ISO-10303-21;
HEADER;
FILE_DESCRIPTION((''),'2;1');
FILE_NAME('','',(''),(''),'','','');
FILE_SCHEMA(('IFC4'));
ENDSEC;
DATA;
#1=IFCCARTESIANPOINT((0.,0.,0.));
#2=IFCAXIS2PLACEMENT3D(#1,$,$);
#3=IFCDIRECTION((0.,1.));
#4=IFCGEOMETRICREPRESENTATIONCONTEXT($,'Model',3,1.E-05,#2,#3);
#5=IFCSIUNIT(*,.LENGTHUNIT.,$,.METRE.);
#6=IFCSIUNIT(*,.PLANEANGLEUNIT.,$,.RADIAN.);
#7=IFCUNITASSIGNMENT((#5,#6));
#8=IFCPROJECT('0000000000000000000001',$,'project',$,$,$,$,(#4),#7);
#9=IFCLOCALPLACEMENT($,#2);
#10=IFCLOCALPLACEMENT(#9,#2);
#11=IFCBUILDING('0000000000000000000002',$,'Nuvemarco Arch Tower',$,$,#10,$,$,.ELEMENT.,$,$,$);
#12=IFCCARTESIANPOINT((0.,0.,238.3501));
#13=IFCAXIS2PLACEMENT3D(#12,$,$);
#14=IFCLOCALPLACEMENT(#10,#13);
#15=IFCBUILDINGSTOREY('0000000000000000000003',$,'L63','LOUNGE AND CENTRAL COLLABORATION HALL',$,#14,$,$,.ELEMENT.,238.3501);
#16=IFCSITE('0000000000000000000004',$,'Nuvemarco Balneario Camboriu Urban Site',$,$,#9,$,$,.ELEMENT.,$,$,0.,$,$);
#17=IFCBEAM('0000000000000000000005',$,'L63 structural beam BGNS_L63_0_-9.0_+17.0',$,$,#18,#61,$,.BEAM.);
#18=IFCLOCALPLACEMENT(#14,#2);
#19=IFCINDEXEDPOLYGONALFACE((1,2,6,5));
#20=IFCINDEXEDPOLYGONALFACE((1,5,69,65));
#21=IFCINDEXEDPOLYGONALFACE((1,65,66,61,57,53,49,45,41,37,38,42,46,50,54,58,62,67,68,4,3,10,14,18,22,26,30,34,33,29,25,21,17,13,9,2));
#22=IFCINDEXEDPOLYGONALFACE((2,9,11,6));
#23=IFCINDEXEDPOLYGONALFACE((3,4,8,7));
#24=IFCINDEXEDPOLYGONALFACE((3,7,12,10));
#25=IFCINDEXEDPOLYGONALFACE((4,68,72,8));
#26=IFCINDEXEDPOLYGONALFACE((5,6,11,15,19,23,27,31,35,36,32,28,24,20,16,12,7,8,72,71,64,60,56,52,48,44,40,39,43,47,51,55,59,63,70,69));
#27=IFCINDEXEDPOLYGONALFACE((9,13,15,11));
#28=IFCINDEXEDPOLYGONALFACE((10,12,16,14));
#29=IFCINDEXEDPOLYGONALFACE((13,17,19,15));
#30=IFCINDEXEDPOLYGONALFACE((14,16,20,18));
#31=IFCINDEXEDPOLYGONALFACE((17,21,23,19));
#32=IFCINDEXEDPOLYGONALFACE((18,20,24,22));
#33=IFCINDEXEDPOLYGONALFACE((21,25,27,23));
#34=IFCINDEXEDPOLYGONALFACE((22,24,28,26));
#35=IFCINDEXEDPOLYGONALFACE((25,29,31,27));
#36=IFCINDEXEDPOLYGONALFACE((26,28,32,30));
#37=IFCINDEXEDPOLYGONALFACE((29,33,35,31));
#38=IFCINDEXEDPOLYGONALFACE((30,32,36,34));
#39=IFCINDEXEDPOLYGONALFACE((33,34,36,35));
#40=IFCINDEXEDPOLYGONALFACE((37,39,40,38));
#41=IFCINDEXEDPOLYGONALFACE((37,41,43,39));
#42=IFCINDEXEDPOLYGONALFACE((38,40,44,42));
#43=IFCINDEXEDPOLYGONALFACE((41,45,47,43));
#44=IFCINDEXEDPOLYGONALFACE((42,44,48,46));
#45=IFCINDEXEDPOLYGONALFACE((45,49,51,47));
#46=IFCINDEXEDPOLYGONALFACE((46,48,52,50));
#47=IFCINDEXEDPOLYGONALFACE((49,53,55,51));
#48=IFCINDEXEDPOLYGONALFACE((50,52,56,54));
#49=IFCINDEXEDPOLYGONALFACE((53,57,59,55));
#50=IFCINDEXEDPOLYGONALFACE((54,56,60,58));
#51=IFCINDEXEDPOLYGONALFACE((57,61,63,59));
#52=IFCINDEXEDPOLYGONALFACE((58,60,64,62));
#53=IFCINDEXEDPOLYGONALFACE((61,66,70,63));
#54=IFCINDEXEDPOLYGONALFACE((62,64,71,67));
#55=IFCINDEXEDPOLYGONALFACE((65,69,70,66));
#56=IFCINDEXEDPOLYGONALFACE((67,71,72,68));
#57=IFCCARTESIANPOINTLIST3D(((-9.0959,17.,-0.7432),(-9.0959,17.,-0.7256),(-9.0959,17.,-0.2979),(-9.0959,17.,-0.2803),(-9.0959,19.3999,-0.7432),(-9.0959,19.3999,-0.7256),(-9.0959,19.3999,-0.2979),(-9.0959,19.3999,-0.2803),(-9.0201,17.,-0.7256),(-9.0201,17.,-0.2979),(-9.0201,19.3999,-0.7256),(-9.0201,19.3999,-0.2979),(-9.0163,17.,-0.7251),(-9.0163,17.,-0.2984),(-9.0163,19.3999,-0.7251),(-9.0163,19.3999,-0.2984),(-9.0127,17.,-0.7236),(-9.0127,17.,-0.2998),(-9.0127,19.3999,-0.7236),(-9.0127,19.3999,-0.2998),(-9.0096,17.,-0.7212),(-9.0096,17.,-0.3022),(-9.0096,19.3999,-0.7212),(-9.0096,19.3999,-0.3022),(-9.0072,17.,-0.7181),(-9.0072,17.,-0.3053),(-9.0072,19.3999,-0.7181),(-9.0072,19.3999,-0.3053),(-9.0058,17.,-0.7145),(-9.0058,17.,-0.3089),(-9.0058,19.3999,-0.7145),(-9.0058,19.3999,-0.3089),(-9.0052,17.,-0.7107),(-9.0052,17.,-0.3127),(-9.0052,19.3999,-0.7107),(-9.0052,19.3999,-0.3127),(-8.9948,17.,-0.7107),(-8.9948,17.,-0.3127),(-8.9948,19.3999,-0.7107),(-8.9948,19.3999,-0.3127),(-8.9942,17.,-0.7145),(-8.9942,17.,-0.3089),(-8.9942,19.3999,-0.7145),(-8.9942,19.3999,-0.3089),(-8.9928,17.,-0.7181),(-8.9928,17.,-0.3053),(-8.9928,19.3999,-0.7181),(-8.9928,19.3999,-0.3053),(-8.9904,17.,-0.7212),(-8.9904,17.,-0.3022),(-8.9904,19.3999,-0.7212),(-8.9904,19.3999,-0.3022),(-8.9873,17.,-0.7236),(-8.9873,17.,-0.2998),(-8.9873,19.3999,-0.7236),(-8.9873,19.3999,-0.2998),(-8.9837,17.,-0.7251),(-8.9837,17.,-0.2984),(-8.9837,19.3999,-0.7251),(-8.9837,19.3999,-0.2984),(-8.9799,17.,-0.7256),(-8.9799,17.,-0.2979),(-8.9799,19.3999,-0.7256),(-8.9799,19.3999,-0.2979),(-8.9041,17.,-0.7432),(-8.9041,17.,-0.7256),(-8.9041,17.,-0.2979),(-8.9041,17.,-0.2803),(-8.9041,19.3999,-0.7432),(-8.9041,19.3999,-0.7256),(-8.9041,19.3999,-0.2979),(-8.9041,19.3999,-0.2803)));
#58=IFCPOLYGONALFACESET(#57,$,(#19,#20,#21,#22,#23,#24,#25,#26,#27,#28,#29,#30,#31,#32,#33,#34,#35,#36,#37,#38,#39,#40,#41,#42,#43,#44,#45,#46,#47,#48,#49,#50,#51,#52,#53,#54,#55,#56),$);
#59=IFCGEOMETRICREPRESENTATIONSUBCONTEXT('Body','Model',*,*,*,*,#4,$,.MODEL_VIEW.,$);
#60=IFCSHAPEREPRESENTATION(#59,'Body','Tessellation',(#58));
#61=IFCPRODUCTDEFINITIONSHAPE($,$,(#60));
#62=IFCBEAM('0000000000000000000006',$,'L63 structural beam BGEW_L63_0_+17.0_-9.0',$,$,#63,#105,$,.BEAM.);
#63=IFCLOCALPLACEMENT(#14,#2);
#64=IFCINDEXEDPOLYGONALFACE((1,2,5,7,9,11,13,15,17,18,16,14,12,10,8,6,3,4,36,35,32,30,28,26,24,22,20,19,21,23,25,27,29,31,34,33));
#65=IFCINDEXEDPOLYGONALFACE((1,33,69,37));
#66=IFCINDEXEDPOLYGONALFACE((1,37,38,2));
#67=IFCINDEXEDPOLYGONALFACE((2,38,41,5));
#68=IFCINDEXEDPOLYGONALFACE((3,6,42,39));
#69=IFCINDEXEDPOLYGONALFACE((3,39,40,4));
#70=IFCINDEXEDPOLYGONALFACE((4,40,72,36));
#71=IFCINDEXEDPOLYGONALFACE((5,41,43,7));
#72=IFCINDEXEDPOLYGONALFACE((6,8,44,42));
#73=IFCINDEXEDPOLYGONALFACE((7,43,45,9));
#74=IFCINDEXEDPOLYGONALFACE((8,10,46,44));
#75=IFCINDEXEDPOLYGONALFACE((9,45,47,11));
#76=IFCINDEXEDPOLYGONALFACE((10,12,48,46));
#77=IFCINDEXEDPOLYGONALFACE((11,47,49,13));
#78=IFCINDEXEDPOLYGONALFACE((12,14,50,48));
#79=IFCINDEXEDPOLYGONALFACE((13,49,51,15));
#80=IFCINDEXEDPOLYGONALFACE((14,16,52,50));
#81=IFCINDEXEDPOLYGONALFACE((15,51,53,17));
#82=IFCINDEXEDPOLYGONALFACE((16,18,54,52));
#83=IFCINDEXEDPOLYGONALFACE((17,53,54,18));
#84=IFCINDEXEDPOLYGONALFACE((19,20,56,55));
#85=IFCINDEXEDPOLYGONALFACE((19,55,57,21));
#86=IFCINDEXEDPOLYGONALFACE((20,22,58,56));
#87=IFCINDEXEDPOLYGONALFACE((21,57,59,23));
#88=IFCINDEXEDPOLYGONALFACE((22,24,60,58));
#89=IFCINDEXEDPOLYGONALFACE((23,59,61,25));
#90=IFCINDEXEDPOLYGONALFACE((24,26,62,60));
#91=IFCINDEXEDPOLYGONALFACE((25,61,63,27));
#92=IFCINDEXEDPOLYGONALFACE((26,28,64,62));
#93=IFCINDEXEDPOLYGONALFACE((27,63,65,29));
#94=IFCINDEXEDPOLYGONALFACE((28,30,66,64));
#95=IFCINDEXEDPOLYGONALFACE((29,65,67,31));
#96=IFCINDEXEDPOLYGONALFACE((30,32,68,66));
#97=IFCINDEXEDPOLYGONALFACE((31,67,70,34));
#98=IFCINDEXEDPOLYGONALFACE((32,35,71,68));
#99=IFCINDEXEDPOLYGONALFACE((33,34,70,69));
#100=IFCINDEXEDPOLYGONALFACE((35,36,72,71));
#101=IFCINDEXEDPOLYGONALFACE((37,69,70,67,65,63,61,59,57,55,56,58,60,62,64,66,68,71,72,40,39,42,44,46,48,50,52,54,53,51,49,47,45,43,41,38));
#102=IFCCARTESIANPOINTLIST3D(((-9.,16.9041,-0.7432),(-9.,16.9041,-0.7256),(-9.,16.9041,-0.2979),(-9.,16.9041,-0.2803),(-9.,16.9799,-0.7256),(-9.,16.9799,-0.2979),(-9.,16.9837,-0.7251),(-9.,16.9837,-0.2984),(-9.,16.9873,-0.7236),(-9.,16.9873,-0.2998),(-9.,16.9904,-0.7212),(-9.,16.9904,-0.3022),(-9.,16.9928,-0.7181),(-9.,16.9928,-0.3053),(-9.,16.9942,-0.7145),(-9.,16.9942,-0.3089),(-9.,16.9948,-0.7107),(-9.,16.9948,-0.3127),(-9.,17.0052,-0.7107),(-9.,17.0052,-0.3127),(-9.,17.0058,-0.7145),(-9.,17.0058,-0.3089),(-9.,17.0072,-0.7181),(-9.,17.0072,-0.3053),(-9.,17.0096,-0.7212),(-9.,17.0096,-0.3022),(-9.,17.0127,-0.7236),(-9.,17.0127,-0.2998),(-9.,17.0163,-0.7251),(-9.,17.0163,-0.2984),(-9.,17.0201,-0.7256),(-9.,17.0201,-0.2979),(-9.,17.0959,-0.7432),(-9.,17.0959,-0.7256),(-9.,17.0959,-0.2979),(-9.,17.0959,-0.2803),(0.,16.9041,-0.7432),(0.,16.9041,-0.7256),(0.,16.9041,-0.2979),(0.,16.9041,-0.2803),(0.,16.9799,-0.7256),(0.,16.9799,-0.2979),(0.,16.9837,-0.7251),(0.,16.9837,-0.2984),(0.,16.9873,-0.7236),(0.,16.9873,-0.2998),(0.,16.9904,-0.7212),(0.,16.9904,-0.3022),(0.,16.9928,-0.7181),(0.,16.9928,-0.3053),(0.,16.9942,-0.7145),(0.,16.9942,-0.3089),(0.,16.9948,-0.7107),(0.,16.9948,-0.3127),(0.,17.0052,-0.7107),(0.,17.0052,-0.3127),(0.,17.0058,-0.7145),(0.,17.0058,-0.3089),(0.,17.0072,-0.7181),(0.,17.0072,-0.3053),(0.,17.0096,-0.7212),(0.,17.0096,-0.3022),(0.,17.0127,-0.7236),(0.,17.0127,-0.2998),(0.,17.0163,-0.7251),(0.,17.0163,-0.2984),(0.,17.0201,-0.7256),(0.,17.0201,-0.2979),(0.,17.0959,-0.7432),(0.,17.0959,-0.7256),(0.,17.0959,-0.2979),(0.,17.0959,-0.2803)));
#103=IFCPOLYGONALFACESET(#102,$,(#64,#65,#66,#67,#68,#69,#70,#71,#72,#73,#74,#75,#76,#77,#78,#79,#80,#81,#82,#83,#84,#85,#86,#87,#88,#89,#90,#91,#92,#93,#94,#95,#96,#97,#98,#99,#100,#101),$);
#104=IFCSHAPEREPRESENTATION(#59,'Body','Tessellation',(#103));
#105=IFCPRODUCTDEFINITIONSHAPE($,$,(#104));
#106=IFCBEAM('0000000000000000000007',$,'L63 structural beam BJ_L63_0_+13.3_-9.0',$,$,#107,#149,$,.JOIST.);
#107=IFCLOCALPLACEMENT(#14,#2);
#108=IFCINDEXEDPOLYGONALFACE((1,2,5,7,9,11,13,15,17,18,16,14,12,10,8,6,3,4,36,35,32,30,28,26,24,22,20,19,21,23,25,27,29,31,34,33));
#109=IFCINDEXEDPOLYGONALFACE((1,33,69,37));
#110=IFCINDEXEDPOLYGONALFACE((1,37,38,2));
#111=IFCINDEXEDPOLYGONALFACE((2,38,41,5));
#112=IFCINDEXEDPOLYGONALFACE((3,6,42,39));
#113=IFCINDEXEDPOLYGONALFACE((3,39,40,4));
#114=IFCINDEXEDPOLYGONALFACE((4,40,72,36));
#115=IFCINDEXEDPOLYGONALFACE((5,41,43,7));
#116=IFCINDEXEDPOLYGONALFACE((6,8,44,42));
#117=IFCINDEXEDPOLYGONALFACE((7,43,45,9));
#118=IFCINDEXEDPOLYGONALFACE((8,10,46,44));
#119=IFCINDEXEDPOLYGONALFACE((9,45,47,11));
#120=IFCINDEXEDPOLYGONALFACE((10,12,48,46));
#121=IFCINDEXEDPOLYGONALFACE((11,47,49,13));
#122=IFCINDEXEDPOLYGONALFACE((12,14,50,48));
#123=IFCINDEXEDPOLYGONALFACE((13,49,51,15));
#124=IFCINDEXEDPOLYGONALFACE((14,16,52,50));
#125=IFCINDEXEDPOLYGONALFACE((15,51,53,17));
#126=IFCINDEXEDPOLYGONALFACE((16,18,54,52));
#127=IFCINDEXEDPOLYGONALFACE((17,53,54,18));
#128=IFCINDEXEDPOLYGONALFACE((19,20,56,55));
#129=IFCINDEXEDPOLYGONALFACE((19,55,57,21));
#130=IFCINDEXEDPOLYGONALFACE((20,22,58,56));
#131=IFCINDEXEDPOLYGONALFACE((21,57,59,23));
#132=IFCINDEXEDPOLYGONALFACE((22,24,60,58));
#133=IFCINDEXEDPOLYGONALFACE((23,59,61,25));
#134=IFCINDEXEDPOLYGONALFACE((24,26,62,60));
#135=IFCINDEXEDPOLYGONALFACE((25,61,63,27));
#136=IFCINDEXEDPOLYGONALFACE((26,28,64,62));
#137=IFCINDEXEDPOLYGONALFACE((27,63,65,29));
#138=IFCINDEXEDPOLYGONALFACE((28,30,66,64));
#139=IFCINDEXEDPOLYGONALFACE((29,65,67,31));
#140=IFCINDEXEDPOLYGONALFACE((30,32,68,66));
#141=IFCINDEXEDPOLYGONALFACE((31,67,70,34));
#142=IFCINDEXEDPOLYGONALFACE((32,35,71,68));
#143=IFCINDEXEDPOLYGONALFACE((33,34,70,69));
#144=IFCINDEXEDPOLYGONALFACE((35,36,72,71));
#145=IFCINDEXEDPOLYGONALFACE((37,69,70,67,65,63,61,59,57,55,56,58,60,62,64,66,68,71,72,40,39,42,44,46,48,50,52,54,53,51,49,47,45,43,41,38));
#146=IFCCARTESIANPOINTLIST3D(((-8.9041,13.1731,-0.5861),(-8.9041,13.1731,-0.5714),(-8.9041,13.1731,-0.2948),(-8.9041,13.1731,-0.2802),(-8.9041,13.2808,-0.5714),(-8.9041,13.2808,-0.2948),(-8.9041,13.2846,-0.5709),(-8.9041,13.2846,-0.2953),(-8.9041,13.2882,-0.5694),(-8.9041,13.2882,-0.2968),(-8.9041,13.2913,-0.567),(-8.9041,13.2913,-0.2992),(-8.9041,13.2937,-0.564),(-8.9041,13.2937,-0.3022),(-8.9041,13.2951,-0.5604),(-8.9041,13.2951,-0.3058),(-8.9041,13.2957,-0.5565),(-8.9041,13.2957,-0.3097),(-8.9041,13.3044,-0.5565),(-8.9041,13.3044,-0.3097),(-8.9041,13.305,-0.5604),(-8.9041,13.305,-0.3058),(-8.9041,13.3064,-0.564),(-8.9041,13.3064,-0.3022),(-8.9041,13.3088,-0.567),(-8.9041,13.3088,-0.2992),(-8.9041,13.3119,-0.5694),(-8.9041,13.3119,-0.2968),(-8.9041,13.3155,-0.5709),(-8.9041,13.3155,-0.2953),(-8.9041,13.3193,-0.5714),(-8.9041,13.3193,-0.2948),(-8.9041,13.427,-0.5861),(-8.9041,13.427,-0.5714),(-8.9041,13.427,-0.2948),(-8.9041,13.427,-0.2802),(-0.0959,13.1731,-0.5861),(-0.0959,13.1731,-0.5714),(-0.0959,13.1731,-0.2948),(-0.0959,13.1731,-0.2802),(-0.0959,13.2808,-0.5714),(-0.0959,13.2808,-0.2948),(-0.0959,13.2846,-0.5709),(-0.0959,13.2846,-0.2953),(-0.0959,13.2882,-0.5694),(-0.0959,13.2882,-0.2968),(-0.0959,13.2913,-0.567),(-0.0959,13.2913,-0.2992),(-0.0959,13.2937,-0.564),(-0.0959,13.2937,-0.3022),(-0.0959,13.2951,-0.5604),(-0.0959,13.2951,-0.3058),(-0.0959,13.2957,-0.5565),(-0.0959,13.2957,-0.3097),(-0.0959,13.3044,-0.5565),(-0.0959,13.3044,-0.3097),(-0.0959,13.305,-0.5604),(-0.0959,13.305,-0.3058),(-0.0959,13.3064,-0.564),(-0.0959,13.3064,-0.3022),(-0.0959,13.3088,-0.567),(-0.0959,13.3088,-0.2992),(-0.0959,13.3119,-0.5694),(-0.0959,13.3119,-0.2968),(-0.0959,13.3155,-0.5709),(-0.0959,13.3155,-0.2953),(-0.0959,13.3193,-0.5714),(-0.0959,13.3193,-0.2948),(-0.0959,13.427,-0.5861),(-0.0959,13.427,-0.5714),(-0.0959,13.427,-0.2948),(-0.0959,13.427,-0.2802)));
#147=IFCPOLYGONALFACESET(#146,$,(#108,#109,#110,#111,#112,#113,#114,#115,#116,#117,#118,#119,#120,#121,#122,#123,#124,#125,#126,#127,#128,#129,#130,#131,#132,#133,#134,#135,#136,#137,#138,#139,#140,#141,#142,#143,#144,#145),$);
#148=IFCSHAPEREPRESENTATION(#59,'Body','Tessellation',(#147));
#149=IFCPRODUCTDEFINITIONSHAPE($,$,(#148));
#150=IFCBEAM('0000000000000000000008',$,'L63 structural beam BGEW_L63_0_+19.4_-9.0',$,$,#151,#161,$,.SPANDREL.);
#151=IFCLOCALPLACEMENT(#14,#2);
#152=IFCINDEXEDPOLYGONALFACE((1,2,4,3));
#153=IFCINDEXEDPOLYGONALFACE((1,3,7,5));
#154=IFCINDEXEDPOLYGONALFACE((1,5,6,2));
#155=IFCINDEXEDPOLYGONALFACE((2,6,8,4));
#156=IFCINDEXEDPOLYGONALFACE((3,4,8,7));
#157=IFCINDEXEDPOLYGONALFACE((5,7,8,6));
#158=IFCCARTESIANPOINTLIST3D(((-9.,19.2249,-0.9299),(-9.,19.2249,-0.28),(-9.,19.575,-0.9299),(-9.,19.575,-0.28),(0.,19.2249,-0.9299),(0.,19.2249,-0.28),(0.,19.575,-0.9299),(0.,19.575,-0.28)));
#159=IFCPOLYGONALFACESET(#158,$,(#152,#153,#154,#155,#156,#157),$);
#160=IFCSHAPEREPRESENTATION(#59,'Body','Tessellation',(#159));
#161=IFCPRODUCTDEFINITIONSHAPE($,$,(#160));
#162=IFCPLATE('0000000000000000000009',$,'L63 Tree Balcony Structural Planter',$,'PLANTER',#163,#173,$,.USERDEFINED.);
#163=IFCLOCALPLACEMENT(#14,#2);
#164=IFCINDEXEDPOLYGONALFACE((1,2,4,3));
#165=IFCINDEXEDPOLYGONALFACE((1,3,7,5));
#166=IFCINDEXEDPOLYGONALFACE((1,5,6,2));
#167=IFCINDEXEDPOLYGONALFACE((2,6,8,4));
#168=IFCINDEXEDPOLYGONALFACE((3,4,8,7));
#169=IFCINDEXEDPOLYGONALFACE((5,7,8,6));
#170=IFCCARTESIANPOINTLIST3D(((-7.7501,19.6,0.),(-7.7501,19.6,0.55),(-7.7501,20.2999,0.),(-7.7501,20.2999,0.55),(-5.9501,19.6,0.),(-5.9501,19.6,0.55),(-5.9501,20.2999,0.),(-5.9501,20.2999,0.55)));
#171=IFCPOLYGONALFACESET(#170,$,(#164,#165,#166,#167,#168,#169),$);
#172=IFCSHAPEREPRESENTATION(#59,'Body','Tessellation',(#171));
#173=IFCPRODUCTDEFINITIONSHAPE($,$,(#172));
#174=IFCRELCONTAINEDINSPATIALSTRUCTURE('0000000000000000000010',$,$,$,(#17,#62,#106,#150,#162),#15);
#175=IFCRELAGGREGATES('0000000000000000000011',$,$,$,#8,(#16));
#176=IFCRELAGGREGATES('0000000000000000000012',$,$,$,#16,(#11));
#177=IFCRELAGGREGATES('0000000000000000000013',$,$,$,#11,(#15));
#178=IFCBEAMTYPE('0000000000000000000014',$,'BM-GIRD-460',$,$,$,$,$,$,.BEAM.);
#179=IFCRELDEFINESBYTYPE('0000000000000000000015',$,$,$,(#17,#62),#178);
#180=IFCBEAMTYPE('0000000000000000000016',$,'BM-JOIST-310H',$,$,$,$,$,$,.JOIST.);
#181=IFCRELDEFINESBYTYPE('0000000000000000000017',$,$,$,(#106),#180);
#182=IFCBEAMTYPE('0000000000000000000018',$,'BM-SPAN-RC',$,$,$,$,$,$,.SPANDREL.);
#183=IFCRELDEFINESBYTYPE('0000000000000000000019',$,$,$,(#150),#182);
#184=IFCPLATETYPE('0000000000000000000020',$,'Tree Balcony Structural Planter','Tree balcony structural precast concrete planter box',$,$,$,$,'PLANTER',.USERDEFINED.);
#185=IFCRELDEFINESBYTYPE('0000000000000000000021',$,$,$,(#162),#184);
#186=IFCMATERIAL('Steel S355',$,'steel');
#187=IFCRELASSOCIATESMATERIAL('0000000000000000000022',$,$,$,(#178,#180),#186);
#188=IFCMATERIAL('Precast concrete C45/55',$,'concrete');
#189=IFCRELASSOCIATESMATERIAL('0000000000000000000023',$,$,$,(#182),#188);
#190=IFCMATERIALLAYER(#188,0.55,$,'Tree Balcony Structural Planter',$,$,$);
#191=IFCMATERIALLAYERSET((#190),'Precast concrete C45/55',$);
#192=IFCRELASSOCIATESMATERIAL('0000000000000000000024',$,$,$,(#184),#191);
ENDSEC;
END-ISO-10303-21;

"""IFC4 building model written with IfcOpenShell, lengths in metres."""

from ifc_helpers import new_model, si_unit, direction, frame, origin, origin_2d, place, context, subcontext, project, spatial, rectangle, i_section, extrude, source, transform, mapped, material, layer, layer_set, material_profile, profile_set, type_object, type_shapes, element, save


model = new_model("IFC4")

# Units and contexts
model_context = context("Model", 3, precision=1e-05, world=origin(), true_north=direction((0.0, 1.0)))
body_context = subcontext(model_context, "Body", "Model", "MODEL_VIEW")
ifc_project = project(units=[si_unit("LENGTHUNIT", "METRE"), si_unit("PLANEANGLEUNIT", "RADIAN")], contexts=[model_context])

# Site, building, storey
site_placement = place(None, origin())
site = spatial("IfcSite", under=ifc_project, at=site_placement, Name="Nuvemarco Balneario Camboriu Urban Site", CompositionType="ELEMENT", RefElevation=0.0)
building_placement = place(site_placement, origin())
building = spatial("IfcBuilding", under=site, at=building_placement, Name="Nuvemarco Arch Tower", CompositionType="ELEMENT")
storey_placement = place(building_placement, frame((0.0, 0.0, 238.3501)))
storey = spatial("IfcBuildingStorey", under=building, at=storey_placement, Name="L63", Description="LOUNGE AND CENTRAL COLLABORATION HALL", CompositionType="ELEMENT", Elevation=238.3501)

# Shared definitions
ifc_material_1 = material(Name="Steel S355", Category="steel")

# Beams
ifc_material_profile_1 = material_profile(ifc_material_1, i_section(OverallWidth=0.1919, OverallDepth=0.4629, WebThickness=0.0105, FlangeThickness=0.0176, FilletRadius=0.0149, at=origin_2d()), Name="W460x89")
ifc_profile_set_1 = profile_set([ifc_material_profile_1], Name="Steel S355")
beam_type_1 = type_object("IfcBeamType", Name="BM-GIRD-460", PredefinedType="BEAM", material=ifc_profile_set_1)
beam_1_placement = place(storey_placement, frame((-9.0, 17.0, -0.5117), z_axis=(0.0, 1.0, 0.0), x_axis=(-1.0, 0.0, 0.0)))
element("IfcBeam", 1, at=beam_1_placement, inside=storey, type_object=beam_type_1, Name="L63 structural beam BGNS_L63_0_-9.0_+17.0", PredefinedType="BEAM", context=body_context, shape_type="SweptSolid", body=[
    extrude(i_section(OverallWidth=0.1919, OverallDepth=0.4629, WebThickness=0.0105, FlangeThickness=0.0176, FilletRadius=0.0149, at=origin_2d()), origin(), (0.0, 0.0, 1.0), 2.3999),
])
beam_2_placement = place(storey_placement, frame((-9.0, 17.0, -0.5117), z_axis=(1.0, 0.0, 0.0), x_axis=(0.0, 1.0, 0.0)))
element("IfcBeam", 2, at=beam_2_placement, inside=storey, type_object=beam_type_1, Name="L63 structural beam BGEW_L63_0_+17.0_-9.0", PredefinedType="BEAM", context=body_context, shape_type="SweptSolid", body=[
    extrude(i_section(OverallWidth=0.1919, OverallDepth=0.4629, WebThickness=0.0105, FlangeThickness=0.0176, FilletRadius=0.0149, at=origin_2d()), origin(), (0.0, 0.0, 1.0), 9.0),
])
ifc_material_profile_2 = material_profile(ifc_material_1, i_section(OverallWidth=0.2539, OverallDepth=0.3059, WebThickness=0.0088, FlangeThickness=0.0146, FilletRadius=0.0149, at=origin_2d()), Name="W310x79")
ifc_profile_set_2 = profile_set([ifc_material_profile_2], Name="Steel S355")
beam_type_2 = type_object("IfcBeamType", Name="BM-JOIST-310H", PredefinedType="JOIST", material=ifc_profile_set_2)
beam_3_placement = place(storey_placement, frame((-8.9041, 13.3, -0.4331), z_axis=(1.0, 0.0, 0.0), x_axis=(0.0, 1.0, 0.0)))
element("IfcBeam", 3, at=beam_3_placement, inside=storey, type_object=beam_type_2, Name="L63 structural beam BJ_L63_0_+13.3_-9.0", PredefinedType="JOIST", context=body_context, shape_type="SweptSolid", body=[
    extrude(i_section(OverallWidth=0.2539, OverallDepth=0.3059, WebThickness=0.0088, FlangeThickness=0.0146, FilletRadius=0.0149, at=origin_2d()), origin(), (0.0, 0.0, 1.0), 8.8081),
])
ifc_material_2 = material(Name="Precast concrete C45/55", Category="concrete")
ifc_material_profile_3 = material_profile(ifc_material_2, rectangle(XDim=0.3501, YDim=0.6499, at=origin_2d()), Name="PC-SP-350x650")
ifc_profile_set_3 = profile_set([ifc_material_profile_3], Name="Precast concrete C45/55")
beam_type_3 = type_object("IfcBeamType", Name="BM-SPAN-RC", PredefinedType="SPANDREL", material=ifc_profile_set_3)
beam_4_placement = place(storey_placement, frame((-9.0, 19.3999, -0.605), z_axis=(1.0, 0.0, 0.0), x_axis=(0.0, 1.0, 0.0)))
element("IfcBeam", 4, at=beam_4_placement, inside=storey, type_object=beam_type_3, Name="L63 structural beam BGEW_L63_0_+19.4_-9.0", PredefinedType="SPANDREL", context=body_context, shape_type="SweptSolid", body=[
    extrude(rectangle(XDim=0.3501, YDim=0.6499, at=origin_2d()), origin(), (0.0, 0.0, 1.0), 9.0),
])

# Plate
ifc_layer_1 = layer(ifc_material_2, 0.55, Name="Tree Balcony Structural Planter")
ifc_layer_set_1 = layer_set([ifc_layer_1], Name="Precast concrete C45/55")
plate_type = type_object("IfcPlateType", Name="Tree Balcony Structural Planter", Description="Tree balcony structural precast concrete planter box", ElementType="PLANTER", PredefinedType="USERDEFINED", material=ifc_layer_set_1)
shared_shape_1 = source(origin(), body_context, "Body", "SweptSolid", [
    extrude(rectangle(XDim=1.8, YDim=0.7, at=origin_2d()), origin(), (0.0, 0.0, 1.0), 0.55),
])
type_shapes(plate_type, [shared_shape_1])
plate_placement = place(storey_placement, frame((-6.8501, 19.95, 0.0), z_axis=(0.0, 0.0, 1.0), x_axis=(1.0, 0.0, 0.0)))
element("IfcPlate", 5, at=plate_placement, inside=storey, type_object=plate_type, Name="L63 Tree Balcony Structural Planter", ObjectType="PLANTER", PredefinedType="USERDEFINED", context=body_context, shape_type="MappedRepresentation", body=[
    mapped(shared_shape_1, transform((0.0, 0.0, 0.0), scale=1.0)),
])

save(model, "model.ifc")
